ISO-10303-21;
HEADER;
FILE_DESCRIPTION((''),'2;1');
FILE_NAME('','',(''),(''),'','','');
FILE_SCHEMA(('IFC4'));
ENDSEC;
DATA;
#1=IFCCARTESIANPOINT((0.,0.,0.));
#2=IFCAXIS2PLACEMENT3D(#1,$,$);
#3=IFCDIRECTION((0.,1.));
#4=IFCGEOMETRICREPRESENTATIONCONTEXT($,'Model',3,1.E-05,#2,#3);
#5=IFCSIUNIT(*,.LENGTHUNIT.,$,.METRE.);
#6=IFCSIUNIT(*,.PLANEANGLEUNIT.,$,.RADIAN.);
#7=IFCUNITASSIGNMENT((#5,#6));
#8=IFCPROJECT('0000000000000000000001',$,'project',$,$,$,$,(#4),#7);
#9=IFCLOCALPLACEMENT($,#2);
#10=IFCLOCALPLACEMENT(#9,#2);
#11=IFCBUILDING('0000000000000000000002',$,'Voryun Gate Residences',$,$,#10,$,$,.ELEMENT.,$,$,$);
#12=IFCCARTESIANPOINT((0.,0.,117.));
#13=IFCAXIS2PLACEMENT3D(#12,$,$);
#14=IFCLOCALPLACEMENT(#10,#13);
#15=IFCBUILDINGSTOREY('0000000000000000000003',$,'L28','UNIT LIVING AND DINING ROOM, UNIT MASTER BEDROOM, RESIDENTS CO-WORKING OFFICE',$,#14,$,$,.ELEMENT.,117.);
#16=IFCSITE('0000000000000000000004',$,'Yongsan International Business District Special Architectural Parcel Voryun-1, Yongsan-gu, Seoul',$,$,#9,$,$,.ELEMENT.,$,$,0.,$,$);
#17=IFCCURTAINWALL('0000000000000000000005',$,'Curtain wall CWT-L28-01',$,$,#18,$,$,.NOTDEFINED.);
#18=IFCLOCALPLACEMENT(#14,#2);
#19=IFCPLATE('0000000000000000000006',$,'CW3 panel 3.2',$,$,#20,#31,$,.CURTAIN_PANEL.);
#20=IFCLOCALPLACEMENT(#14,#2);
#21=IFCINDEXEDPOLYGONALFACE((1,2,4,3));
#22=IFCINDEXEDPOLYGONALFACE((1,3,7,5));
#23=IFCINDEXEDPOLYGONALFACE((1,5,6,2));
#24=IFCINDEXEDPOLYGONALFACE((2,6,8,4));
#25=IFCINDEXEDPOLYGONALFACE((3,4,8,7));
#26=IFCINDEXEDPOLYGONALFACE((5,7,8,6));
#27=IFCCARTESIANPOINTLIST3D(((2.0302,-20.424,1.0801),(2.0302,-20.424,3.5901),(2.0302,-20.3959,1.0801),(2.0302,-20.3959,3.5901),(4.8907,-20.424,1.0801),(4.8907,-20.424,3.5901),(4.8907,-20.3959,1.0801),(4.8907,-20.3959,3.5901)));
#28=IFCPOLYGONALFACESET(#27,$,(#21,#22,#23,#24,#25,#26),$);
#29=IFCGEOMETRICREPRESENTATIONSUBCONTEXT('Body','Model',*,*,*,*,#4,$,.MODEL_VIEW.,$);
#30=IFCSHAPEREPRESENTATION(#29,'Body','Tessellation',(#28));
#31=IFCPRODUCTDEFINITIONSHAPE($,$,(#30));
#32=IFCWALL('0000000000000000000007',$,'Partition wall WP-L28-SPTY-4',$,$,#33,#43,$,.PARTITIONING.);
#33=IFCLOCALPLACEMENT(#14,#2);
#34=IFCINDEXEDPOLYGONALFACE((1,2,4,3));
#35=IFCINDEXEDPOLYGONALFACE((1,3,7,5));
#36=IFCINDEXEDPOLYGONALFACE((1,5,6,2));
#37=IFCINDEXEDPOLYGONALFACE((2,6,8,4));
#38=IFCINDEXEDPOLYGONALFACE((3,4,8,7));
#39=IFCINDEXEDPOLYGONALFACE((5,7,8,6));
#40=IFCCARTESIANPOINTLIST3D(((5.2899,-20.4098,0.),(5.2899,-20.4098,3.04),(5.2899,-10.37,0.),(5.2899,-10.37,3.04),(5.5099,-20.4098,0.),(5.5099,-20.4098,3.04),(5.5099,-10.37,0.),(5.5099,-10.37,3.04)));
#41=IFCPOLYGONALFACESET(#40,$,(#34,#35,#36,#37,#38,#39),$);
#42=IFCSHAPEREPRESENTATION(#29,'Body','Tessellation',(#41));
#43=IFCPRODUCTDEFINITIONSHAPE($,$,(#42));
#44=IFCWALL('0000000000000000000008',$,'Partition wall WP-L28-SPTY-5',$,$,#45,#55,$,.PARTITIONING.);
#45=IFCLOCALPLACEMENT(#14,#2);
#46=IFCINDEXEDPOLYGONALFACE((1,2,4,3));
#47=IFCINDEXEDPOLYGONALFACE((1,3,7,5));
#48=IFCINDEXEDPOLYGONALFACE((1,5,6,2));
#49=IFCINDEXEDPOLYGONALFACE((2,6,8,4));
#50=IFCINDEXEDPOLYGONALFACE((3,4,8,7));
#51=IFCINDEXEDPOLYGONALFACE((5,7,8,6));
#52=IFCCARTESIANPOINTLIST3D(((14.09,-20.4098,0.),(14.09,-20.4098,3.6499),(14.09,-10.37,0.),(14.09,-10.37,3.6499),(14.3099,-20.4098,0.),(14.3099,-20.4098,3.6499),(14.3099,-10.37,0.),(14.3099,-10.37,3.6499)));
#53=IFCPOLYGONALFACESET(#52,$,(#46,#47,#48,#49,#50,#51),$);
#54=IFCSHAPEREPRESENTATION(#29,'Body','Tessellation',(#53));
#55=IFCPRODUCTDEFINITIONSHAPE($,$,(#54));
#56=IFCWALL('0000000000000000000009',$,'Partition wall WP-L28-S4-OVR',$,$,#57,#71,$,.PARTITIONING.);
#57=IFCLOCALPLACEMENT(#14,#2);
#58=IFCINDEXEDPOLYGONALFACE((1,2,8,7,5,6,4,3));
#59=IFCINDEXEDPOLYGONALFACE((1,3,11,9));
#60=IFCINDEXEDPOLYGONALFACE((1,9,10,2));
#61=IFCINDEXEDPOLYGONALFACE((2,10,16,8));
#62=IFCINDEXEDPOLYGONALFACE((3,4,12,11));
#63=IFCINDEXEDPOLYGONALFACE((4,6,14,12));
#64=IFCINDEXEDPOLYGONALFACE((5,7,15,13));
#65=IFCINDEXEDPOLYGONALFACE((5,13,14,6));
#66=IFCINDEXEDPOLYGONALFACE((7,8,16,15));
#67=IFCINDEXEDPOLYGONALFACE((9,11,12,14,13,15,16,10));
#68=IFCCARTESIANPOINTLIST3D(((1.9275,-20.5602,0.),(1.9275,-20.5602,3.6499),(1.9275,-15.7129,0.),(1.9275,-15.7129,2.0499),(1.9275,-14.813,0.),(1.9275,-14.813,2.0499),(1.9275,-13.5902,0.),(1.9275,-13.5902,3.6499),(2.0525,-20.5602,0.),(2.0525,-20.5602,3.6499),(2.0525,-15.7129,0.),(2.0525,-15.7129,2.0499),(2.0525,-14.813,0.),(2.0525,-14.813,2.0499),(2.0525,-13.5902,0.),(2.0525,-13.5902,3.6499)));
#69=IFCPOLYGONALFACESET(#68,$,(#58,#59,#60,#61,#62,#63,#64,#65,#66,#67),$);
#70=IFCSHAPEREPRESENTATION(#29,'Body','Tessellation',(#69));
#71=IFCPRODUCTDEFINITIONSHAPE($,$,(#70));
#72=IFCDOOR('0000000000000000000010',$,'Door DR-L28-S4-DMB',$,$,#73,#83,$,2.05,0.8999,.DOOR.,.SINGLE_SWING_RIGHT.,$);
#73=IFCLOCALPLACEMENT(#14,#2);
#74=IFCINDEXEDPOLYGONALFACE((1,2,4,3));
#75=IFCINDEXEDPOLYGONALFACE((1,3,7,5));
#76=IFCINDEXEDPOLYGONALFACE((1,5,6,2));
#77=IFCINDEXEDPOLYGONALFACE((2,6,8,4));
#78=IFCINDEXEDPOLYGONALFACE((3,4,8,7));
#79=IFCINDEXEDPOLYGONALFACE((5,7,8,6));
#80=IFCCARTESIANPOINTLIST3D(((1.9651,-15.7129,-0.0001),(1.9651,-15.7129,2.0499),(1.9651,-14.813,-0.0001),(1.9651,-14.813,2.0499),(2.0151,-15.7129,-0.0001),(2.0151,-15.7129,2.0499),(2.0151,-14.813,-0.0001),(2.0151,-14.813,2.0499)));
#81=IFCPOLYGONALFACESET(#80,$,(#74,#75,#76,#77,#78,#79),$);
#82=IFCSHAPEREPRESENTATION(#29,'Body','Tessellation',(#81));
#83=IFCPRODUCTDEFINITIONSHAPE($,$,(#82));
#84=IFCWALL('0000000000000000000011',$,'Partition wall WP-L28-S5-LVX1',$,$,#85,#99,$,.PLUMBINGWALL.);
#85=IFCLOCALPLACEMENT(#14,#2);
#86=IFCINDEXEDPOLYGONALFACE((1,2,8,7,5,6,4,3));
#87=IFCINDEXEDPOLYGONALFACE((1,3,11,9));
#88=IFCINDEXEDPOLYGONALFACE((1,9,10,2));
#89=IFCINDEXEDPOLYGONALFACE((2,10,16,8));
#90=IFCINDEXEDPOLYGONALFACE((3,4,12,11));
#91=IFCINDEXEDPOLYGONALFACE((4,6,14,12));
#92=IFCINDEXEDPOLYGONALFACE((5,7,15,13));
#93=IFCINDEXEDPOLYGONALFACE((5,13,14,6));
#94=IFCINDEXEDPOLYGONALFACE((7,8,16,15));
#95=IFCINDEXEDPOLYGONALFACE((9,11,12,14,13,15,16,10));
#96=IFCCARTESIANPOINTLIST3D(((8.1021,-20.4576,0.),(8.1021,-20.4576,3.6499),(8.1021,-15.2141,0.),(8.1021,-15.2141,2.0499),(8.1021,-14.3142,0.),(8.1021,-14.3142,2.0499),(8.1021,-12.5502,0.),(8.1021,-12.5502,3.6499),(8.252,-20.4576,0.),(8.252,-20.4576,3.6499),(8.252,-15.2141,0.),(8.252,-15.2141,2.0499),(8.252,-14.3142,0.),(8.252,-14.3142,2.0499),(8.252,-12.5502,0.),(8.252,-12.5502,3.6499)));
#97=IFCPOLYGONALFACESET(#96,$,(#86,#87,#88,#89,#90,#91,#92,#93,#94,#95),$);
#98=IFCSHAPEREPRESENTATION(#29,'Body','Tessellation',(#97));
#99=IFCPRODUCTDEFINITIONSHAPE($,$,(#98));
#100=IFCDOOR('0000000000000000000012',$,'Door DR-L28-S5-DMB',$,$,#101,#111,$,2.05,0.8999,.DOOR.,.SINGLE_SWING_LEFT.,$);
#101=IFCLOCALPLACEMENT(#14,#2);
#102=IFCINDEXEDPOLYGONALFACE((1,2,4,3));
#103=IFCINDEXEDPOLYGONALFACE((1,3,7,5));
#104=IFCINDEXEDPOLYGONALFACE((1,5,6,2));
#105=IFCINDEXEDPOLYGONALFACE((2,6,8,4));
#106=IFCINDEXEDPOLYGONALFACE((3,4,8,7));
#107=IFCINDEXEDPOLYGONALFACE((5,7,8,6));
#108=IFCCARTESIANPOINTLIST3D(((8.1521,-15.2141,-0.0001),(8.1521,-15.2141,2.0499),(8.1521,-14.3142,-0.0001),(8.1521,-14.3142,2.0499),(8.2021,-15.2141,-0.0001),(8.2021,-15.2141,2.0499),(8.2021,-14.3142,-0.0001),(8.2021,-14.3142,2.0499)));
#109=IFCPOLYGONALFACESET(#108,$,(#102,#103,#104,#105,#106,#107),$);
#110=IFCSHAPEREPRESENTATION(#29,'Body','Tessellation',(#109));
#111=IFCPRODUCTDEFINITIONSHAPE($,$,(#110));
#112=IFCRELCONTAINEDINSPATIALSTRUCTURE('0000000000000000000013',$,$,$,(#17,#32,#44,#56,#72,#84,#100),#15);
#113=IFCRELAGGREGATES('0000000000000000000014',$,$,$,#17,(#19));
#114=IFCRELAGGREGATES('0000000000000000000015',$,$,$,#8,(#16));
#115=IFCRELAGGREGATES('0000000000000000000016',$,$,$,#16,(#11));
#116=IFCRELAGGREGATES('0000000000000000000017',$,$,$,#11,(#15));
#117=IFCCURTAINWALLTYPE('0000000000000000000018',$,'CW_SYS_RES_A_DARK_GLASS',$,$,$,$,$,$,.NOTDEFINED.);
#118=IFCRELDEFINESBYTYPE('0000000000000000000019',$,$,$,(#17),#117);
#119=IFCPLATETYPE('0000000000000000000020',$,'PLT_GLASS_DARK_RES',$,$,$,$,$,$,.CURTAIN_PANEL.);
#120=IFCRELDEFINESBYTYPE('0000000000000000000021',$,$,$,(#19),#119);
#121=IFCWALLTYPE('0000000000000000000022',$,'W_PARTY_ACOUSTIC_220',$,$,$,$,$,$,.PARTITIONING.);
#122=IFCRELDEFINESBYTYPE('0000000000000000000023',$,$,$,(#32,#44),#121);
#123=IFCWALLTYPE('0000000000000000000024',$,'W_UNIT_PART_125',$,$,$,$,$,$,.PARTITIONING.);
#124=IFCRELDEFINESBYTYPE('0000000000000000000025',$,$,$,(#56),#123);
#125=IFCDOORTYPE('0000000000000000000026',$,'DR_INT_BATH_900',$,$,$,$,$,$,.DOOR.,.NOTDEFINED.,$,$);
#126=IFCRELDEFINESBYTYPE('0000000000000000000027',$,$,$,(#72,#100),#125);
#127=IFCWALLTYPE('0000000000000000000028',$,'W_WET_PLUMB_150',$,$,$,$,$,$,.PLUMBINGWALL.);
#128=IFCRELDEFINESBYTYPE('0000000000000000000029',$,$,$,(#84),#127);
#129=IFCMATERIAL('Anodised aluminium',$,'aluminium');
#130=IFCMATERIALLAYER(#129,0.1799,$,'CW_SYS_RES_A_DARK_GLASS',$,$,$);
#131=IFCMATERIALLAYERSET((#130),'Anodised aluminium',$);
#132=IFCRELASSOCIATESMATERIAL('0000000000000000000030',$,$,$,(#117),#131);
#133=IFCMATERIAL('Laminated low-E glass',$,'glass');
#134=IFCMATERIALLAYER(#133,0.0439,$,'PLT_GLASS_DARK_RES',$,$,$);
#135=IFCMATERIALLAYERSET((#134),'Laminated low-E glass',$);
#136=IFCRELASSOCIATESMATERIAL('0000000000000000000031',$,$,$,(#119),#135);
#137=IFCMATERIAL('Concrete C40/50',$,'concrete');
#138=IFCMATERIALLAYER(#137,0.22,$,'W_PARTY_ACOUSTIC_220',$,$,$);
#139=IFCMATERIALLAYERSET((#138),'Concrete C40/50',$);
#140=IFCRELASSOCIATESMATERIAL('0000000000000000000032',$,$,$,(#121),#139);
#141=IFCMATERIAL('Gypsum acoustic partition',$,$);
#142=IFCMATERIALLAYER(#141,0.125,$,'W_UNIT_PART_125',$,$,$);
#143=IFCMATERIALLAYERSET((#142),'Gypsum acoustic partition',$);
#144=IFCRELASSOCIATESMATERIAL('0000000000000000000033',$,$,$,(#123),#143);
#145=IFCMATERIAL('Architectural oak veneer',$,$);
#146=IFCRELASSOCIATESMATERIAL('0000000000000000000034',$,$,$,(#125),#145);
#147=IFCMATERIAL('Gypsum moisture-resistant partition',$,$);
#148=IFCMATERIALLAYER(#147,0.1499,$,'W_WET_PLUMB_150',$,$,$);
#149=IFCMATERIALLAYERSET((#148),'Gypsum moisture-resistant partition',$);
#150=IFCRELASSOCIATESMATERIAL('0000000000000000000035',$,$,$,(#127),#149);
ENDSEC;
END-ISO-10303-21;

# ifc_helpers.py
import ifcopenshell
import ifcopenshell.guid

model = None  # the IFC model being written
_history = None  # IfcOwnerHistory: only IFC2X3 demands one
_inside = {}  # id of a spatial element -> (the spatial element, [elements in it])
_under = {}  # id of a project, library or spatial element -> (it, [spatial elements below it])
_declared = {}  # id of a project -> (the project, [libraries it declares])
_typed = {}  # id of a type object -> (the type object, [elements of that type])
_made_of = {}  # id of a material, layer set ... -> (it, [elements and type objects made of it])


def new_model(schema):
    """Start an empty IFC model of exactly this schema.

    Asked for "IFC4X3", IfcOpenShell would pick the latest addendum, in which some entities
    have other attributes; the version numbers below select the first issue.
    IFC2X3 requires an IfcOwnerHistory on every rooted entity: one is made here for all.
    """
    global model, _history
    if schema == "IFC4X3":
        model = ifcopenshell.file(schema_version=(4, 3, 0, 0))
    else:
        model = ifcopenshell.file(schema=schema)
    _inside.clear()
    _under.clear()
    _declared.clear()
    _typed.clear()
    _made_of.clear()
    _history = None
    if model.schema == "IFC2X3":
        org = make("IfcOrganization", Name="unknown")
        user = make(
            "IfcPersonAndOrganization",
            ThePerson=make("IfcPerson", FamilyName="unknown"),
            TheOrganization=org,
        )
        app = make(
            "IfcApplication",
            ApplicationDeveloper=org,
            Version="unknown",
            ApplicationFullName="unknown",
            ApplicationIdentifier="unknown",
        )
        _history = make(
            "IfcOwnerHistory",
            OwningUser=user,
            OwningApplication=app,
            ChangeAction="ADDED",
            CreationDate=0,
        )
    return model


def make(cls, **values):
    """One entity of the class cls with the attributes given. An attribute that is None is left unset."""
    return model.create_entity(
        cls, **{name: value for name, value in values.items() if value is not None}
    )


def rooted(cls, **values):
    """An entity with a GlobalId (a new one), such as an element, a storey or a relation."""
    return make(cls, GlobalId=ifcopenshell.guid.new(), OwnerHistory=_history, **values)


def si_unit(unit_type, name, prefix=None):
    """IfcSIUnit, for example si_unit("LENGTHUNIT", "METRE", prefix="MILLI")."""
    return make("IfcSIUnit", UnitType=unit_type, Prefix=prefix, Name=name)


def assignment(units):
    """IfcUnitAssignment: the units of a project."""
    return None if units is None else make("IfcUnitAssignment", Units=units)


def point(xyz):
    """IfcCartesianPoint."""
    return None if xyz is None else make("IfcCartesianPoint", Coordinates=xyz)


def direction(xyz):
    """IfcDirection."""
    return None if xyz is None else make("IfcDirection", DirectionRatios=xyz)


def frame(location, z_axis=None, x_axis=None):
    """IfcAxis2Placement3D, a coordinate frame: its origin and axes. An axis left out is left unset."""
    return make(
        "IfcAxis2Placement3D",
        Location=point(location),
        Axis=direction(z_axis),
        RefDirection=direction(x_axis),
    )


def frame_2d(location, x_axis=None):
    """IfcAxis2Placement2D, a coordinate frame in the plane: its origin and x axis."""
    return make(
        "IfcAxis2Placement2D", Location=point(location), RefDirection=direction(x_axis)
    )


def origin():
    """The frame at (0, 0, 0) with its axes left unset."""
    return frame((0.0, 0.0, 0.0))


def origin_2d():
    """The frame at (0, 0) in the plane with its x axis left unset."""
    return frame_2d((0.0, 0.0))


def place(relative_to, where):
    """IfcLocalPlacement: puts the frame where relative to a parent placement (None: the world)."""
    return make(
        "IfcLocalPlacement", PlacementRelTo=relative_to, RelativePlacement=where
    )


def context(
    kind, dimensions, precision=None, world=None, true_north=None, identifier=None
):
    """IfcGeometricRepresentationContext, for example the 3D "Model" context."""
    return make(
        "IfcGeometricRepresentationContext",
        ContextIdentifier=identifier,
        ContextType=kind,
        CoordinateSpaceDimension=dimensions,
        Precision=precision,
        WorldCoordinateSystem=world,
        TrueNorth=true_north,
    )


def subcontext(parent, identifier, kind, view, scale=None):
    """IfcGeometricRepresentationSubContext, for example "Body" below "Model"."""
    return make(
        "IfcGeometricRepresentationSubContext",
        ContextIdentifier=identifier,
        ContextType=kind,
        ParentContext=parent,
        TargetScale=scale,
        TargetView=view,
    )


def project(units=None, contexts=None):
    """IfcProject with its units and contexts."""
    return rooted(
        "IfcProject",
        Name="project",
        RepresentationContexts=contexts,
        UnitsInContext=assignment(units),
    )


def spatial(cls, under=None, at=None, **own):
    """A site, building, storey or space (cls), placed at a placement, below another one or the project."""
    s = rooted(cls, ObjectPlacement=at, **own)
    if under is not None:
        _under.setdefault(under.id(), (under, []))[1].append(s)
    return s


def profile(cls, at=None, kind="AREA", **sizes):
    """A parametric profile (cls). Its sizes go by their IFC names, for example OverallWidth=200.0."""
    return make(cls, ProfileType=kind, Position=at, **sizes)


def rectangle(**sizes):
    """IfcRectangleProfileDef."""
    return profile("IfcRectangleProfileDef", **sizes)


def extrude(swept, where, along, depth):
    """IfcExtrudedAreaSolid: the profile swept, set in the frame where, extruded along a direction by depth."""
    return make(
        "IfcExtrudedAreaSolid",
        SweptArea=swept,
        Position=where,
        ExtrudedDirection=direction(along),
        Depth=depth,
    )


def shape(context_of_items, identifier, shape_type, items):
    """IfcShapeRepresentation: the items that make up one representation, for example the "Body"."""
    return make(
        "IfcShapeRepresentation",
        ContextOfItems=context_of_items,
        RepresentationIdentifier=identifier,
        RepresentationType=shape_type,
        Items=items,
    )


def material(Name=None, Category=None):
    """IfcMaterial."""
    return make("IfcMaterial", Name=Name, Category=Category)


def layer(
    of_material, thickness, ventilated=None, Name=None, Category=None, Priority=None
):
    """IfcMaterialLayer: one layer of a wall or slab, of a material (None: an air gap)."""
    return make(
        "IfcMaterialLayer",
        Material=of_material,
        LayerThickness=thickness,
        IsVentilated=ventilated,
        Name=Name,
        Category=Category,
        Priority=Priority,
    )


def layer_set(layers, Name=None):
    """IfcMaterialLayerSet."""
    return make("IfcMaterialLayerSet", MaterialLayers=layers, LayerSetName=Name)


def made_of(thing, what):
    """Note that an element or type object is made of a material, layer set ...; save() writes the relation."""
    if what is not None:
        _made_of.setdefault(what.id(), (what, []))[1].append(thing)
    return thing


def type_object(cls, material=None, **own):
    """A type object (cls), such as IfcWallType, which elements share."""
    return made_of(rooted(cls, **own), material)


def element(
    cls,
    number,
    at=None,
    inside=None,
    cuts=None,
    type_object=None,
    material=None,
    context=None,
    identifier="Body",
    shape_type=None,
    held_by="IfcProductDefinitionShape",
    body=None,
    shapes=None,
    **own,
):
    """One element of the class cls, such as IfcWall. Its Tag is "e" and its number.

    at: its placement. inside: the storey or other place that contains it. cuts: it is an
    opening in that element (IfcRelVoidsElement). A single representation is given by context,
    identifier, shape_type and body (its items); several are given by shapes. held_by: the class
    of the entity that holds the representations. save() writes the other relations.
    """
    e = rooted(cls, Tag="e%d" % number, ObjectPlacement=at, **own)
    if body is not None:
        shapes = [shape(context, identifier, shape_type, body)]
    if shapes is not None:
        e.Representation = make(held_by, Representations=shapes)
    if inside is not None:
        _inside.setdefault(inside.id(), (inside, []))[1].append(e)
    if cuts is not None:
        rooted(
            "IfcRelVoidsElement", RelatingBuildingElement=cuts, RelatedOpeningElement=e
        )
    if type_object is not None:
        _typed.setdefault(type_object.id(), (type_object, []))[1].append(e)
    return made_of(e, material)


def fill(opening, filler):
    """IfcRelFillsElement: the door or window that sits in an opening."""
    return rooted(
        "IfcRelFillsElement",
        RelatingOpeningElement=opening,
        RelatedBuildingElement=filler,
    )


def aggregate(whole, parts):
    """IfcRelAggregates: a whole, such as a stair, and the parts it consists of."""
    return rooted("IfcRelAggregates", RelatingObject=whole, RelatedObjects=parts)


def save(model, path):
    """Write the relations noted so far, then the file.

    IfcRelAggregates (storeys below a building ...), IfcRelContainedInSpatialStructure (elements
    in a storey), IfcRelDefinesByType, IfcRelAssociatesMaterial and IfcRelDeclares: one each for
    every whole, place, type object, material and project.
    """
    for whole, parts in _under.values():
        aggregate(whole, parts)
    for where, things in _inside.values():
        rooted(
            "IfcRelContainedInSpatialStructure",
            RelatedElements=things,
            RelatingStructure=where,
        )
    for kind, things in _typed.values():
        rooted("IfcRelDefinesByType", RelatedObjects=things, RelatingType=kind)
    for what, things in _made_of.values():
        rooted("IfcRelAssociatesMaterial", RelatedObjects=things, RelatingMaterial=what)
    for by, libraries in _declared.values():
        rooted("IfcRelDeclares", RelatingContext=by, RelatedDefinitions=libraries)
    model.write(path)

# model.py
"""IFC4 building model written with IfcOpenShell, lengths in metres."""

from ifc_helpers import new_model, si_unit, direction, frame, frame_2d, origin, origin_2d, place, context, subcontext, project, spatial, rectangle, extrude, material, layer, layer_set, type_object, element, fill, aggregate, save


model = new_model("IFC4")

# Units and contexts
model_context = context("Model", 3, precision=1e-05, world=origin(), true_north=direction((0.0, 1.0)))
body_context = subcontext(model_context, "Body", "Model", "MODEL_VIEW")
ifc_project = project(units=[si_unit("LENGTHUNIT", "METRE"), si_unit("PLANEANGLEUNIT", "RADIAN")], contexts=[model_context])

# Site, building, storey
site_placement = place(None, origin())
site = spatial("IfcSite", under=ifc_project, at=site_placement, Name="Yongsan International Business District Special Architectural Parcel Voryun-1, Yongsan-gu, Seoul", CompositionType="ELEMENT", RefElevation=0.0)
building_placement = place(site_placement, origin())
building = spatial("IfcBuilding", under=site, at=building_placement, Name="Voryun Gate Residences", CompositionType="ELEMENT")
storey_placement = place(building_placement, frame((0.0, 0.0, 117.0)))
storey = spatial("IfcBuildingStorey", under=building, at=storey_placement, Name="L28", Description="UNIT LIVING AND DINING ROOM, UNIT MASTER BEDROOM, RESIDENTS CO-WORKING OFFICE", CompositionType="ELEMENT", Elevation=117.0)

# Curtain wall, plate
ifc_material_1 = material(Name="Anodised aluminium", Category="aluminium")
ifc_layer_1 = layer(ifc_material_1, 0.1799, Name="CW_SYS_RES_A_DARK_GLASS")
ifc_layer_set_1 = layer_set([ifc_layer_1], Name="Anodised aluminium")
curtain_wall_type = type_object("IfcCurtainWallType", Name="CW_SYS_RES_A_DARK_GLASS", PredefinedType="NOTDEFINED", material=ifc_layer_set_1)
curtain_wall_placement = place(storey_placement, origin())
curtain_wall = element("IfcCurtainWall", 1, at=curtain_wall_placement, inside=storey, type_object=curtain_wall_type, Name="Curtain wall CWT-L28-01", PredefinedType="NOTDEFINED")
ifc_material_2 = material(Name="Laminated low-E glass", Category="glass")
ifc_layer_2 = layer(ifc_material_2, 0.0439, Name="PLT_GLASS_DARK_RES")
ifc_layer_set_2 = layer_set([ifc_layer_2], Name="Laminated low-E glass")
plate_type = type_object("IfcPlateType", Name="PLT_GLASS_DARK_RES", PredefinedType="CURTAIN_PANEL", material=ifc_layer_set_2)
plate_1_placement = place(storey_placement, frame((3.4604, -20.4099, 1.0801), z_axis=(0.0, 0.0, 1.0), x_axis=(-1.0, 0.0, 0.0)))
plate_1 = element("IfcPlate", 2, at=plate_1_placement, type_object=plate_type, Name="CW3 panel 3.2", PredefinedType="CURTAIN_PANEL", context=body_context, shape_type="SweptSolid", body=[
    extrude(rectangle(XDim=2.8606, YDim=0.0281, at=origin_2d()), origin(), (0.0, 0.0, 1.0), 2.51),
])
aggregate(curtain_wall, [plate_1])

# Walls
ifc_material_3 = material(Name="Concrete C40/50", Category="concrete")
ifc_layer_3 = layer(ifc_material_3, 0.22, Name="W_PARTY_ACOUSTIC_220")
ifc_layer_set_3 = layer_set([ifc_layer_3], Name="Concrete C40/50")
wall_type_1 = type_object("IfcWallType", Name="W_PARTY_ACOUSTIC_220", PredefinedType="PARTITIONING", material=ifc_layer_set_3)
wall_1_placement = place(storey_placement, frame((5.3999, -20.4099, 0.0), z_axis=(0.0, 0.0, 1.0), x_axis=(0.0, 1.0, 0.0)))
element("IfcWall", 3, at=wall_1_placement, inside=storey, type_object=wall_type_1, Name="Partition wall WP-L28-SPTY-4", PredefinedType="PARTITIONING", context=body_context, shape_type="SweptSolid", body=[
    extrude(rectangle(XDim=10.0398, YDim=0.22, at=frame_2d((5.02, 0.0))), origin(), (0.0, 0.0, 1.0), 3.04),
])
wall_2_placement = place(storey_placement, frame((14.2, -20.4099, 0.0), z_axis=(0.0, 0.0, 1.0), x_axis=(0.0, 1.0, 0.0)))
element("IfcWall", 4, at=wall_2_placement, inside=storey, type_object=wall_type_1, Name="Partition wall WP-L28-SPTY-5", PredefinedType="PARTITIONING", context=body_context, shape_type="SweptSolid", body=[
    extrude(rectangle(XDim=10.0398, YDim=0.22, at=frame_2d((5.02, 0.0))), origin(), (0.0, 0.0, 1.0), 3.6499),
])

# Walls, openings, doors
ifc_material_4 = material(Name="Gypsum acoustic partition")
ifc_layer_4 = layer(ifc_material_4, 0.125, Name="W_UNIT_PART_125")
ifc_layer_set_4 = layer_set([ifc_layer_4], Name="Gypsum acoustic partition")
wall_type_2 = type_object("IfcWallType", Name="W_UNIT_PART_125", PredefinedType="PARTITIONING", material=ifc_layer_set_4)
wall_3_placement = place(storey_placement, frame((1.99, -20.5601, 0.0), z_axis=(0.0, 0.0, 1.0), x_axis=(0.0, 1.0, 0.0)))
wall_3 = element("IfcWall", 5, at=wall_3_placement, inside=storey, type_object=wall_type_2, Name="Partition wall WP-L28-S4-OVR", PredefinedType="PARTITIONING", context=body_context, shape_type="SweptSolid", body=[
    extrude(rectangle(XDim=6.97, YDim=0.125, at=frame_2d((3.4849, 0.0))), origin(), (0.0, 0.0, 1.0), 3.6499),
])
opening_1_placement = place(wall_3_placement, frame((4.8472, 0.0, 0.0)))
opening_1 = element("IfcOpeningElement", 6, at=opening_1_placement, cuts=wall_3, PredefinedType="OPENING", context=body_context, shape_type="SweptSolid", body=[
    extrude(rectangle(XDim=0.8999, YDim=2.05, at=frame_2d((0.45, 1.0249))), frame((0.0, 0.0725, 0.0), z_axis=(0.0, -1.0, 0.0), x_axis=(1.0, 0.0, 0.0)), (0.0, 0.0, 1.0), 0.145),
])
ifc_material_5 = material(Name="Architectural oak veneer")
door_type = type_object("IfcDoorType", Name="DR_INT_BATH_900", OperationType="NOTDEFINED", PredefinedType="DOOR", material=ifc_material_5)
door_1_placement = place(opening_1_placement, origin())
door_1 = element("IfcDoor", 7, at=door_1_placement, inside=storey, type_object=door_type, Name="Door DR-L28-S4-DMB", OperationType="SINGLE_SWING_RIGHT", OverallHeight=2.05, OverallWidth=0.8999, PredefinedType="DOOR", context=body_context, shape_type="SweptSolid", body=[
    extrude(rectangle(XDim=0.8999, YDim=2.05, at=frame_2d((0.45, 1.0249))), frame((0.0, 0.0249, 0.0), z_axis=(0.0, -1.0, 0.0), x_axis=(1.0, 0.0, 0.0)), (0.0, 0.0, 1.0), 0.05),
])
fill(opening_1, door_1)
ifc_material_6 = material(Name="Gypsum moisture-resistant partition")
ifc_layer_5 = layer(ifc_material_6, 0.1499, Name="W_WET_PLUMB_150")
ifc_layer_set_5 = layer_set([ifc_layer_5], Name="Gypsum moisture-resistant partition")
wall_type_3 = type_object("IfcWallType", Name="W_WET_PLUMB_150", PredefinedType="PLUMBINGWALL", material=ifc_layer_set_5)
wall_4_placement = place(storey_placement, frame((8.177, -20.4575, 0.0), z_axis=(0.0, 0.0, 1.0), x_axis=(0.0, 1.0, 0.0)))
wall_4 = element("IfcWall", 8, at=wall_4_placement, inside=storey, type_object=wall_type_3, Name="Partition wall WP-L28-S5-LVX1", PredefinedType="PLUMBINGWALL", context=body_context, shape_type="SweptSolid", body=[
    extrude(rectangle(XDim=7.9075, YDim=0.1499, at=frame_2d((3.9536, 0.0))), origin(), (0.0, 0.0, 1.0), 3.6499),
])
opening_2_placement = place(wall_4_placement, frame((5.2434, 0.0, 0.0)))
opening_2 = element("IfcOpeningElement", 9, at=opening_2_placement, cuts=wall_4, PredefinedType="OPENING", context=body_context, shape_type="SweptSolid", body=[
    extrude(rectangle(XDim=0.8999, YDim=2.05, at=frame_2d((0.45, 1.0249))), frame((0.0, 0.085, 0.0), z_axis=(0.0, -1.0, 0.0), x_axis=(1.0, 0.0, 0.0)), (0.0, 0.0, 1.0), 0.1699),
])
door_2_placement = place(opening_2_placement, origin())
door_2 = element("IfcDoor", 10, at=door_2_placement, inside=storey, type_object=door_type, Name="Door DR-L28-S5-DMB", OperationType="SINGLE_SWING_LEFT", OverallHeight=2.05, OverallWidth=0.8999, PredefinedType="DOOR", context=body_context, shape_type="SweptSolid", body=[
    extrude(rectangle(XDim=0.8999, YDim=2.05, at=frame_2d((0.45, 1.0249))), frame((0.0, 0.0249, 0.0), z_axis=(0.0, -1.0, 0.0), x_axis=(1.0, 0.0, 0.0)), (0.0, 0.0, 1.0), 0.05),
])
fill(opening_2, door_2)

save(model, "model.ifc")
